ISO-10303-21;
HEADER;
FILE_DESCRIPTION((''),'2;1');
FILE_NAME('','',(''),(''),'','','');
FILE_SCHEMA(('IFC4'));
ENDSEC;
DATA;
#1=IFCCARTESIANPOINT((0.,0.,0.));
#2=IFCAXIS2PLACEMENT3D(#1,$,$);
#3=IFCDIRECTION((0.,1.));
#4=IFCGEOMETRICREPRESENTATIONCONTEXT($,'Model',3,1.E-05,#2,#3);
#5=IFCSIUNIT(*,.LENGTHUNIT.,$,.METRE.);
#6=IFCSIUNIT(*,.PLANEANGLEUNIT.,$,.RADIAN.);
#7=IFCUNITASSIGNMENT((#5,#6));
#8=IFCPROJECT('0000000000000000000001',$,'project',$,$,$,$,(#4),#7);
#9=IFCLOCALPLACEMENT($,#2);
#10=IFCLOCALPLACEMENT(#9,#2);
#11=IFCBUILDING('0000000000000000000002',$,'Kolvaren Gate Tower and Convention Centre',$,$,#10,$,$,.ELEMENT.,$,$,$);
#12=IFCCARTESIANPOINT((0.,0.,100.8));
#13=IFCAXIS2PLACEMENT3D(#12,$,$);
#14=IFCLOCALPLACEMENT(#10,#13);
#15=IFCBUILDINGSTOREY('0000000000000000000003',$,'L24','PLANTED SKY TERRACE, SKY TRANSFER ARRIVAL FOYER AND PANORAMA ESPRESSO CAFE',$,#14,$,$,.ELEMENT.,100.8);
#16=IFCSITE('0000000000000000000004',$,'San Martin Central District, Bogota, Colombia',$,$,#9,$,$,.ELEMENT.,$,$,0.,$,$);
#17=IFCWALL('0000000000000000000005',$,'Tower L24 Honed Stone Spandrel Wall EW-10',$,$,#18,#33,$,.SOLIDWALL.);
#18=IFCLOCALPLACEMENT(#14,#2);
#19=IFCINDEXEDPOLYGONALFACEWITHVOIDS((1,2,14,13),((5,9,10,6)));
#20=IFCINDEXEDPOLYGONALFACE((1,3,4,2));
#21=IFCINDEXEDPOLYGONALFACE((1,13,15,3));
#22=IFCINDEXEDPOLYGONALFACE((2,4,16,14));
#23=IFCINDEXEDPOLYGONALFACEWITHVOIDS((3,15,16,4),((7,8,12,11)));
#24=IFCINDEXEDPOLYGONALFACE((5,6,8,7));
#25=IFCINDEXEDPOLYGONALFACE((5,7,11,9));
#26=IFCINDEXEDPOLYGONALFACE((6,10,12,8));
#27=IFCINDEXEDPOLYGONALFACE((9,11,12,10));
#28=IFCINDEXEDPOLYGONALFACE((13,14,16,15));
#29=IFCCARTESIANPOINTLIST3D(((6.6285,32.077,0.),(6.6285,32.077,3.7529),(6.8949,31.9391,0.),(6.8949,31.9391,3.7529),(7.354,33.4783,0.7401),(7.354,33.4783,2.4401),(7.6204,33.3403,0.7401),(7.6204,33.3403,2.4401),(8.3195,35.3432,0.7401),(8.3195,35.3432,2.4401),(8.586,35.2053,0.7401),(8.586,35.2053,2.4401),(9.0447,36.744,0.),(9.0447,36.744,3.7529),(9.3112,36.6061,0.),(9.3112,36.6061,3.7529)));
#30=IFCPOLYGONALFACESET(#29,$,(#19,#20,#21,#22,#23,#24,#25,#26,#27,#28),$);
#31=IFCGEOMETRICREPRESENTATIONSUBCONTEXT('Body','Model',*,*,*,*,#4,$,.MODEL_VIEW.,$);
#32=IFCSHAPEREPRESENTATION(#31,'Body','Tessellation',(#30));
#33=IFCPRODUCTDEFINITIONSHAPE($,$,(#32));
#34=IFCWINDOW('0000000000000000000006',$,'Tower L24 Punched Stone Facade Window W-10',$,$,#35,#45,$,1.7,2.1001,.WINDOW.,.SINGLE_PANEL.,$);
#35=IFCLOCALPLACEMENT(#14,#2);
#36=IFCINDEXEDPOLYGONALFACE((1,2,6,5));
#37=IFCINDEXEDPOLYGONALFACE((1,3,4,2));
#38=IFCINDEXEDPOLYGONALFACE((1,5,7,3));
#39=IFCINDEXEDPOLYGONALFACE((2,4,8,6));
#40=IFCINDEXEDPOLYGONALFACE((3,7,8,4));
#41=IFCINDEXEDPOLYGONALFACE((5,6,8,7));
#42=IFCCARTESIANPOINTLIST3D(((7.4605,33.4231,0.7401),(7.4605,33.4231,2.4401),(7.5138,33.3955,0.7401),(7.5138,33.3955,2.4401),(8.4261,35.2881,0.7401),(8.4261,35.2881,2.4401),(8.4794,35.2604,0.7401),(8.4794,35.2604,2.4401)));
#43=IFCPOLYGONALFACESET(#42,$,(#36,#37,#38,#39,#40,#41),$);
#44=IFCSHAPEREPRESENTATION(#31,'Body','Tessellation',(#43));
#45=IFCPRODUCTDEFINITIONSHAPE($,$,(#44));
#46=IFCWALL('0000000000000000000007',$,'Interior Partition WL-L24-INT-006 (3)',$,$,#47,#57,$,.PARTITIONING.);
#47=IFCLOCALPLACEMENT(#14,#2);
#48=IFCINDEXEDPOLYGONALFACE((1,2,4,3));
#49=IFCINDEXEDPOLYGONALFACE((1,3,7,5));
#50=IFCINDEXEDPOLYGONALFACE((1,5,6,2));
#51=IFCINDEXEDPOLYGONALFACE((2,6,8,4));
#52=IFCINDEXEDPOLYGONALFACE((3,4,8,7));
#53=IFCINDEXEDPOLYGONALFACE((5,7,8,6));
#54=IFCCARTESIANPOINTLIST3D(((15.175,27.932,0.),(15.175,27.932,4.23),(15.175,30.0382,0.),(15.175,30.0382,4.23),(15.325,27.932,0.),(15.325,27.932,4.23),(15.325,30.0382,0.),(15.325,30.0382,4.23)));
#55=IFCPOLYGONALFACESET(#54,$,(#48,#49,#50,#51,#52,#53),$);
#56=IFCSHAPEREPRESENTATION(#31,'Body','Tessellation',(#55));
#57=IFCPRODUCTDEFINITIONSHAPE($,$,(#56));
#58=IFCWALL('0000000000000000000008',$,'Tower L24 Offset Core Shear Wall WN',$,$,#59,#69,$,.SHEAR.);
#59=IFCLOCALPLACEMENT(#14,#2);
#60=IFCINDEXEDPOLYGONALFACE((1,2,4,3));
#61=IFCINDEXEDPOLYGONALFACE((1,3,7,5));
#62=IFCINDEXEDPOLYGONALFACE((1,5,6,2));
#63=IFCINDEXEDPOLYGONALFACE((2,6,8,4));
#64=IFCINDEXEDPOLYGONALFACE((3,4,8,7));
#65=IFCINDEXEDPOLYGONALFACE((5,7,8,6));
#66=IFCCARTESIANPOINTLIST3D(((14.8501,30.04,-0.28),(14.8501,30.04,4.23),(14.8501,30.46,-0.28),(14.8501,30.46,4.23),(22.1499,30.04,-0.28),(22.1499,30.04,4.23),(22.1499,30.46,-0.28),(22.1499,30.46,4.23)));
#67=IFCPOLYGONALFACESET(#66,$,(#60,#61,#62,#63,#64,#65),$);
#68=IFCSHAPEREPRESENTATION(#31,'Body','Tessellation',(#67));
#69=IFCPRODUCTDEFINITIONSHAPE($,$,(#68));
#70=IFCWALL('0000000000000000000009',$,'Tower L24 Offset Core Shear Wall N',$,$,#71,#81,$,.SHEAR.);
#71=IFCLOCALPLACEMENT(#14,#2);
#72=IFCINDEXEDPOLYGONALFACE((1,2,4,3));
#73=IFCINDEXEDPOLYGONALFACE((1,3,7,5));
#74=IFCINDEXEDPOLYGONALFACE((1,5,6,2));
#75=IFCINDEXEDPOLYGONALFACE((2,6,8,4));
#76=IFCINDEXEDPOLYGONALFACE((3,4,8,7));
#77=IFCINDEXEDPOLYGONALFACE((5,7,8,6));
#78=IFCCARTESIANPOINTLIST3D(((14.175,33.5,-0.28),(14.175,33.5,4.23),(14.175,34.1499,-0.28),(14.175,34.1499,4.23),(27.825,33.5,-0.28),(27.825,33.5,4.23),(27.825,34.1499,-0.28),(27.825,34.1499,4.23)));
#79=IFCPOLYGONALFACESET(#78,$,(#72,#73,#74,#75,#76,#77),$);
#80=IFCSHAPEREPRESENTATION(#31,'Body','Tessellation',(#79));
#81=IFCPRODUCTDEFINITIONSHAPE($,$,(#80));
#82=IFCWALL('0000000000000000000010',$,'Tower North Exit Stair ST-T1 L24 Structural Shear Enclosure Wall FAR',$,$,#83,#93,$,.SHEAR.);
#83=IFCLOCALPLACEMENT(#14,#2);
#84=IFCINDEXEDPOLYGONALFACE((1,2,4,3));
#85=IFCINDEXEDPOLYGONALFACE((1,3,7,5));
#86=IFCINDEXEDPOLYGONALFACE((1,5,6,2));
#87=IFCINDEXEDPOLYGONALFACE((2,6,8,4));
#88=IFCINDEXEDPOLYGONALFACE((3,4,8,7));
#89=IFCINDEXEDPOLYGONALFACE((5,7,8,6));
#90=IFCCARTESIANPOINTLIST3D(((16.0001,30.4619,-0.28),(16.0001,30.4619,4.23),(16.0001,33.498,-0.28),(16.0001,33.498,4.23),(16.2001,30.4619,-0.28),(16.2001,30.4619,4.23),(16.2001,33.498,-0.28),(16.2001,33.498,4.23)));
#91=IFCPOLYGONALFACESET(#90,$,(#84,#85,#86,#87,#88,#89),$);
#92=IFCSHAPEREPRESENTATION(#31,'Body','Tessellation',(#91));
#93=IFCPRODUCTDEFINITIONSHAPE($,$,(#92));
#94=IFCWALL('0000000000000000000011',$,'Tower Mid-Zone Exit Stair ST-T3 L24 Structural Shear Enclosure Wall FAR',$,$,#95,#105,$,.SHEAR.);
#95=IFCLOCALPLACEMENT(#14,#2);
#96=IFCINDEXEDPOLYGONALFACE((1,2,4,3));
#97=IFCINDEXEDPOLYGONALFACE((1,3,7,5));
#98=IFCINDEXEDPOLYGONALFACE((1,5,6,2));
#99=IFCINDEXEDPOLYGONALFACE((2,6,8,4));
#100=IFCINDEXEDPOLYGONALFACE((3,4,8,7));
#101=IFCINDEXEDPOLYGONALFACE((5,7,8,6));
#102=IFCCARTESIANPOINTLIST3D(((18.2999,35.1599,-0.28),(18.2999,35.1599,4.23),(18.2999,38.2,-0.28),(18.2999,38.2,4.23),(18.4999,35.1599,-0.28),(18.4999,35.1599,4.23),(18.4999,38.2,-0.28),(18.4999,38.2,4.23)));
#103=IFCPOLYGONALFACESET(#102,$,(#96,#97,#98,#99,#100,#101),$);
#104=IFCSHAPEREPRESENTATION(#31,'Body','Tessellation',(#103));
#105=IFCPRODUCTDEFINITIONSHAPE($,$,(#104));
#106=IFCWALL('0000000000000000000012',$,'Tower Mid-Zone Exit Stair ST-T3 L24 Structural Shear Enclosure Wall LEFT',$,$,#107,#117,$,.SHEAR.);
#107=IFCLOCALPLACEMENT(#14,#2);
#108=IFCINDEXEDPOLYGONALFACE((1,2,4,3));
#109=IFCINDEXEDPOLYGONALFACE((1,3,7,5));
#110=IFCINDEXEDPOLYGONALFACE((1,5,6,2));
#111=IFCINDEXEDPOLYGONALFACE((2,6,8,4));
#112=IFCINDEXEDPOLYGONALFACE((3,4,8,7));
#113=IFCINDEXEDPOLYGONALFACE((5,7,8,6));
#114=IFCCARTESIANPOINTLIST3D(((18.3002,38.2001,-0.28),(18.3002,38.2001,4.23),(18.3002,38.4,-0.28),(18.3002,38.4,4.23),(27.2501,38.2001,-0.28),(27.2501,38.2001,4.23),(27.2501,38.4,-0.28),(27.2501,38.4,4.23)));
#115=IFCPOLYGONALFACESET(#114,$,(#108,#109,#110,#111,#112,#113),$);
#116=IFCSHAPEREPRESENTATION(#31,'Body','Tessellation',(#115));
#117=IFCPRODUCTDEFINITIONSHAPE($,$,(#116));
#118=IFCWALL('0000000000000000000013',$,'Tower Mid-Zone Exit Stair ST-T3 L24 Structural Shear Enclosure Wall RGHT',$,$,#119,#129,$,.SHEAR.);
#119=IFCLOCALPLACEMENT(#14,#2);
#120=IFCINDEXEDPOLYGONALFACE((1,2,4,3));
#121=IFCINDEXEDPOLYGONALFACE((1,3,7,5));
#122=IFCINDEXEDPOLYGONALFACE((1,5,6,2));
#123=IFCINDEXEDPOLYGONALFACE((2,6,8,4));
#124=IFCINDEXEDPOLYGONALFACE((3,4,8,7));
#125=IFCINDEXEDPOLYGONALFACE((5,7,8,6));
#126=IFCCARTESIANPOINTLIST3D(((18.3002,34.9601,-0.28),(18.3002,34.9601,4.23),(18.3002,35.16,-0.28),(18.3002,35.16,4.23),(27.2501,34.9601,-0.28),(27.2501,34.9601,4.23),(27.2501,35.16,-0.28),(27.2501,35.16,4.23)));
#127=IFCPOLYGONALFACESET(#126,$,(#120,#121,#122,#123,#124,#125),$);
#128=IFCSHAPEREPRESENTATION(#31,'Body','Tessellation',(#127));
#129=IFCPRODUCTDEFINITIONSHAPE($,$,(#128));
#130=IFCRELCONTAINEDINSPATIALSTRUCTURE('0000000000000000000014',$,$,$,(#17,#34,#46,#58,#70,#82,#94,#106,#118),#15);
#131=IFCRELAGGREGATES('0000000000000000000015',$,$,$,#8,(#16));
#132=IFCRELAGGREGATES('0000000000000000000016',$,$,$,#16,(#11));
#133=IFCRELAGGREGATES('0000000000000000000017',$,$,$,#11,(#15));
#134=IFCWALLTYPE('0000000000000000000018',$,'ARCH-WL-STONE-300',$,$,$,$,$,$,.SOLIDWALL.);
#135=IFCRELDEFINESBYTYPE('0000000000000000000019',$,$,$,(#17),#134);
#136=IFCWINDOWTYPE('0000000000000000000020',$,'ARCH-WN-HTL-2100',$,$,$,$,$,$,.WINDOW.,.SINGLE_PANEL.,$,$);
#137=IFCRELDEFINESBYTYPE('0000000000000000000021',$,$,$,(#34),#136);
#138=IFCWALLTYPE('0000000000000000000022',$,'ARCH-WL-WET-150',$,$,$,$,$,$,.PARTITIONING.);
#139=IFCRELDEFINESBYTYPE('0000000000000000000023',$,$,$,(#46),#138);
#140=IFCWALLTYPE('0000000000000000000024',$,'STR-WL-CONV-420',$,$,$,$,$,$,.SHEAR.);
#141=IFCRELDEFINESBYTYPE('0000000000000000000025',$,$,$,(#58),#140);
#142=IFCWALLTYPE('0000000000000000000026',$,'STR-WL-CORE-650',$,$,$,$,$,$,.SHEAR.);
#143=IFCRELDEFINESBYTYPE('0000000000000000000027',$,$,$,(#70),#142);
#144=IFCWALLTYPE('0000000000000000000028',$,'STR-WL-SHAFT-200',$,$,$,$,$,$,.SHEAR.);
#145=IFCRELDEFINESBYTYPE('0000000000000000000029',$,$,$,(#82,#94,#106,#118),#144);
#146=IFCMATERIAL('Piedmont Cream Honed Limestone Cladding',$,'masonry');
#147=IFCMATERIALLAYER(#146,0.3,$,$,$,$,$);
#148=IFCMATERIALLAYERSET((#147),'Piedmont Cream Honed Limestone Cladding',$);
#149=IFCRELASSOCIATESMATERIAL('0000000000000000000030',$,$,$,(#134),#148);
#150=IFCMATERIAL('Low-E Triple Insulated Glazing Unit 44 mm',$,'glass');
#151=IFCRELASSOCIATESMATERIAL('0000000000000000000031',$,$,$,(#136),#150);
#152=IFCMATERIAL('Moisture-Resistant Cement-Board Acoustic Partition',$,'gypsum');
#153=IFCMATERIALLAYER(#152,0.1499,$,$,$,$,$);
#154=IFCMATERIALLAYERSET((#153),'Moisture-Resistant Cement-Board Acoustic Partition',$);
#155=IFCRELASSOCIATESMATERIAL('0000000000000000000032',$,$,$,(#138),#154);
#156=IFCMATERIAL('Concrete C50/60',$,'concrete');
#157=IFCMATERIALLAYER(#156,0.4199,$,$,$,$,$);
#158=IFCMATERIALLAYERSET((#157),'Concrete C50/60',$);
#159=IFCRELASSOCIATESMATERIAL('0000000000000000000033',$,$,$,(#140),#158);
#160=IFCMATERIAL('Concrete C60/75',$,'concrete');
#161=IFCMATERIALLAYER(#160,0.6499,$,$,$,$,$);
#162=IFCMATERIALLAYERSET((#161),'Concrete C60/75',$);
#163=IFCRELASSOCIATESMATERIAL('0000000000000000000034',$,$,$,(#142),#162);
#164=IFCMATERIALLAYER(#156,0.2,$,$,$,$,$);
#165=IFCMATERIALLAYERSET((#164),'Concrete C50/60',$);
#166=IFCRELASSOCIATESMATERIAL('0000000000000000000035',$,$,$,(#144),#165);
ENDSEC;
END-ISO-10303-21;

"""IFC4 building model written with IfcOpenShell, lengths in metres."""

from ifc_helpers import new_model, si_unit, direction, frame, frame_2d, origin, place, context, subcontext, project, spatial, rectangle, extrude, material, layer, layer_set, type_object, element, fill, save


model = new_model("IFC4")

# Units and contexts
model_context = context("Model", 3, precision=1e-05, world=origin(), true_north=direction((0.0, 1.0)))
body_context = subcontext(model_context, "Body", "Model", "MODEL_VIEW")
ifc_project = project(units=[si_unit("LENGTHUNIT", "METRE"), si_unit("PLANEANGLEUNIT", "RADIAN")], contexts=[model_context])

# Site, building, storey
site_placement = place(None, origin())
site = spatial("IfcSite", under=ifc_project, at=site_placement, Name="San Martin Central District, Bogota, Colombia", CompositionType="ELEMENT", RefElevation=0.0)
building_placement = place(site_placement, origin())
building = spatial("IfcBuilding", under=site, at=building_placement, Name="Kolvaren Gate Tower and Convention Centre", CompositionType="ELEMENT")
storey_placement = place(building_placement, frame((0.0, 0.0, 100.8)))
storey = spatial("IfcBuildingStorey", under=building, at=storey_placement, Name="L24", Description="PLANTED SKY TERRACE, SKY TRANSFER ARRIVAL FOYER AND PANORAMA ESPRESSO CAFE", CompositionType="ELEMENT", Elevation=100.8)

# Shared definitions
ifc_material_1 = material(Name="Concrete C60/75", Category="concrete")

# Shared definitions
ifc_material_2 = material(Name="Low-E Triple Insulated Glazing Unit 44 mm", Category="glass")

# Shared definitions
ifc_material_3 = material(Name="Piedmont Cream Honed Limestone Cladding", Category="masonry")

# Wall, opening, window
ifc_layer_1 = layer(ifc_material_3, 0.3)
ifc_layer_set_1 = layer_set([ifc_layer_1], Name="Piedmont Cream Honed Limestone Cladding")
wall_type_1 = type_object("IfcWallType", Name="ARCH-WL-STONE-300", PredefinedType="SOLIDWALL", material=ifc_layer_set_1)
wall_1_placement = place(storey_placement, frame((6.7617, 32.0081, 0.0), z_axis=(0.0, 0.0, 1.0), x_axis=(0.459768, 0.888039, 0.0)))
wall_1 = element("IfcWall", 1, at=wall_1_placement, inside=storey, type_object=wall_type_1, Name="Tower L24 Honed Stone Spandrel Wall EW-10", PredefinedType="SOLIDWALL", context=body_context, shape_type="SweptSolid", body=[
    extrude(rectangle(XDim=5.2554, YDim=0.3, at=frame_2d((2.6277, 0.0))), origin(), (0.0, 0.0, 1.0), 3.7529),
])
opening_placement = place(wall_1_placement, frame((1.5779, 0.0, 0.74)))
opening = element("IfcOpeningElement", 2, at=opening_placement, cuts=wall_1, PredefinedType="OPENING", context=body_context, shape_type="SweptSolid", body=[
    extrude(rectangle(XDim=2.1001, YDim=1.7, at=frame_2d((1.05, 0.8501))), frame((0.0, 0.1599, 0.0), z_axis=(0.0, -1.0, 0.0), x_axis=(1.0, 0.0, 0.0)), (0.0, 0.0, 1.0), 0.3201),
])
window_type = type_object("IfcWindowType", Name="ARCH-WN-HTL-2100", PartitioningType="SINGLE_PANEL", PredefinedType="WINDOW", material=ifc_material_2)
window_placement = place(opening_placement, origin())
window = element("IfcWindow", 3, at=window_placement, inside=storey, type_object=window_type, Name="Tower L24 Punched Stone Facade Window W-10", OverallHeight=1.7, OverallWidth=2.1001, PartitioningType="SINGLE_PANEL", PredefinedType="WINDOW", context=body_context, shape_type="SweptSolid", body=[
    extrude(rectangle(XDim=2.1001, YDim=1.7, at=frame_2d((1.05, 0.8501))), frame((0.0, 0.03, 0.0), z_axis=(0.0, -1.0, 0.0), x_axis=(1.0, 0.0, 0.0)), (0.0, 0.0, 1.0), 0.0601),
])
fill(opening, window)

# Walls
ifc_material_4 = material(Name="Moisture-Resistant Cement-Board Acoustic Partition", Category="gypsum")
ifc_layer_2 = layer(ifc_material_4, 0.1499)
ifc_layer_set_2 = layer_set([ifc_layer_2], Name="Moisture-Resistant Cement-Board Acoustic Partition")
wall_type_2 = type_object("IfcWallType", Name="ARCH-WL-WET-150", PredefinedType="PARTITIONING", material=ifc_layer_set_2)
wall_2_placement = place(storey_placement, frame((15.25, 27.9319, 0.0), z_axis=(0.0, 0.0, 1.0), x_axis=(0.0, 1.0, 0.0)))
element("IfcWall", 4, at=wall_2_placement, inside=storey, type_object=wall_type_2, Name="Interior Partition WL-L24-INT-006 (3)", PredefinedType="PARTITIONING", context=body_context, shape_type="SweptSolid", body=[
    extrude(rectangle(XDim=2.1062, YDim=0.1499, at=frame_2d((1.0532, 0.0))), origin(), (0.0, 0.0, 1.0), 4.23),
])
ifc_material_5 = material(Name="Concrete C50/60", Category="concrete")
ifc_layer_3 = layer(ifc_material_5, 0.4199)
ifc_layer_set_3 = layer_set([ifc_layer_3], Name="Concrete C50/60")
wall_type_3 = type_object("IfcWallType", Name="STR-WL-CONV-420", PredefinedType="SHEAR", material=ifc_layer_set_3)
wall_3_placement = place(storey_placement, frame((14.8501, 30.25, -0.28), z_axis=(0.0, 0.0, 1.0), x_axis=(1.0, 0.0, 0.0)))
element("IfcWall", 5, at=wall_3_placement, inside=storey, type_object=wall_type_3, Name="Tower L24 Offset Core Shear Wall WN", PredefinedType="SHEAR", context=body_context, shape_type="SweptSolid", body=[
    extrude(rectangle(XDim=7.2998, YDim=0.4199, at=frame_2d((3.6499, 0.0))), origin(), (0.0, 0.0, 1.0), 4.51),
])
ifc_layer_4 = layer(ifc_material_1, 0.6499)
ifc_layer_set_4 = layer_set([ifc_layer_4], Name="Concrete C60/75")
wall_type_4 = type_object("IfcWallType", Name="STR-WL-CORE-650", PredefinedType="SHEAR", material=ifc_layer_set_4)
wall_4_placement = place(storey_placement, frame((14.175, 33.825, -0.28), z_axis=(0.0, 0.0, 1.0), x_axis=(1.0, 0.0, 0.0)))
element("IfcWall", 6, at=wall_4_placement, inside=storey, type_object=wall_type_4, Name="Tower L24 Offset Core Shear Wall N", PredefinedType="SHEAR", context=body_context, shape_type="SweptSolid", body=[
    extrude(rectangle(XDim=13.6499, YDim=0.6499, at=frame_2d((6.825, 0.0))), origin(), (0.0, 0.0, 1.0), 4.51),
])
ifc_layer_5 = layer(ifc_material_5, 0.2)
ifc_layer_set_5 = layer_set([ifc_layer_5], Name="Concrete C50/60")
wall_type_5 = type_object("IfcWallType", Name="STR-WL-SHAFT-200", PredefinedType="SHEAR", material=ifc_layer_set_5)
wall_5_placement = place(storey_placement, frame((16.1001, 30.4619, -0.28), z_axis=(0.0, 0.0, 1.0), x_axis=(0.0, 1.0, 0.0)))
element("IfcWall", 7, at=wall_5_placement, inside=storey, type_object=wall_type_5, Name="Tower North Exit Stair ST-T1 L24 Structural Shear Enclosure Wall FAR", PredefinedType="SHEAR", context=body_context, shape_type="SweptSolid", body=[
    extrude(rectangle(XDim=3.0361, YDim=0.2, at=frame_2d((1.5181, 0.0))), origin(), (0.0, 0.0, 1.0), 4.51),
])
wall_6_placement = place(storey_placement, frame((18.3999, 35.1599, -0.28), z_axis=(0.0, 0.0, 1.0), x_axis=(0.0, 1.0, 0.0)))
element("IfcWall", 8, at=wall_6_placement, inside=storey, type_object=wall_type_5, Name="Tower Mid-Zone Exit Stair ST-T3 L24 Structural Shear Enclosure Wall FAR", PredefinedType="SHEAR", context=body_context, shape_type="SweptSolid", body=[
    extrude(rectangle(XDim=3.04, YDim=0.2, at=frame_2d((1.52, 0.0))), origin(), (0.0, 0.0, 1.0), 4.51),
])
for number, where, z_axis, x_axis, name in (
    (9, (18.3, 38.3, -0.28), (0.0, 0.0, 1.0), (1.0, 0.0, 0.0), "Tower Mid-Zone Exit Stair ST-T3 L24 Structural Shear Enclosure Wall LEFT"),
    (10, (18.3, 35.0601, -0.28), (0.0, 0.0, 1.0), (1.0, 0.0, 0.0), "Tower Mid-Zone Exit Stair ST-T3 L24 Structural Shear Enclosure Wall RGHT"),
):
    element("IfcWall", number, at=place(storey_placement, frame(where, z_axis=z_axis, x_axis=x_axis)), inside=storey, type_object=wall_type_5, Name=name, PredefinedType="SHEAR", context=body_context, shape_type="SweptSolid", body=[
        extrude(rectangle(XDim=8.95, YDim=0.2, at=frame_2d((4.4751, 0.0))), origin(), (0.0, 0.0, 1.0), 4.51),
    ])

save(model, "model.ifc")
